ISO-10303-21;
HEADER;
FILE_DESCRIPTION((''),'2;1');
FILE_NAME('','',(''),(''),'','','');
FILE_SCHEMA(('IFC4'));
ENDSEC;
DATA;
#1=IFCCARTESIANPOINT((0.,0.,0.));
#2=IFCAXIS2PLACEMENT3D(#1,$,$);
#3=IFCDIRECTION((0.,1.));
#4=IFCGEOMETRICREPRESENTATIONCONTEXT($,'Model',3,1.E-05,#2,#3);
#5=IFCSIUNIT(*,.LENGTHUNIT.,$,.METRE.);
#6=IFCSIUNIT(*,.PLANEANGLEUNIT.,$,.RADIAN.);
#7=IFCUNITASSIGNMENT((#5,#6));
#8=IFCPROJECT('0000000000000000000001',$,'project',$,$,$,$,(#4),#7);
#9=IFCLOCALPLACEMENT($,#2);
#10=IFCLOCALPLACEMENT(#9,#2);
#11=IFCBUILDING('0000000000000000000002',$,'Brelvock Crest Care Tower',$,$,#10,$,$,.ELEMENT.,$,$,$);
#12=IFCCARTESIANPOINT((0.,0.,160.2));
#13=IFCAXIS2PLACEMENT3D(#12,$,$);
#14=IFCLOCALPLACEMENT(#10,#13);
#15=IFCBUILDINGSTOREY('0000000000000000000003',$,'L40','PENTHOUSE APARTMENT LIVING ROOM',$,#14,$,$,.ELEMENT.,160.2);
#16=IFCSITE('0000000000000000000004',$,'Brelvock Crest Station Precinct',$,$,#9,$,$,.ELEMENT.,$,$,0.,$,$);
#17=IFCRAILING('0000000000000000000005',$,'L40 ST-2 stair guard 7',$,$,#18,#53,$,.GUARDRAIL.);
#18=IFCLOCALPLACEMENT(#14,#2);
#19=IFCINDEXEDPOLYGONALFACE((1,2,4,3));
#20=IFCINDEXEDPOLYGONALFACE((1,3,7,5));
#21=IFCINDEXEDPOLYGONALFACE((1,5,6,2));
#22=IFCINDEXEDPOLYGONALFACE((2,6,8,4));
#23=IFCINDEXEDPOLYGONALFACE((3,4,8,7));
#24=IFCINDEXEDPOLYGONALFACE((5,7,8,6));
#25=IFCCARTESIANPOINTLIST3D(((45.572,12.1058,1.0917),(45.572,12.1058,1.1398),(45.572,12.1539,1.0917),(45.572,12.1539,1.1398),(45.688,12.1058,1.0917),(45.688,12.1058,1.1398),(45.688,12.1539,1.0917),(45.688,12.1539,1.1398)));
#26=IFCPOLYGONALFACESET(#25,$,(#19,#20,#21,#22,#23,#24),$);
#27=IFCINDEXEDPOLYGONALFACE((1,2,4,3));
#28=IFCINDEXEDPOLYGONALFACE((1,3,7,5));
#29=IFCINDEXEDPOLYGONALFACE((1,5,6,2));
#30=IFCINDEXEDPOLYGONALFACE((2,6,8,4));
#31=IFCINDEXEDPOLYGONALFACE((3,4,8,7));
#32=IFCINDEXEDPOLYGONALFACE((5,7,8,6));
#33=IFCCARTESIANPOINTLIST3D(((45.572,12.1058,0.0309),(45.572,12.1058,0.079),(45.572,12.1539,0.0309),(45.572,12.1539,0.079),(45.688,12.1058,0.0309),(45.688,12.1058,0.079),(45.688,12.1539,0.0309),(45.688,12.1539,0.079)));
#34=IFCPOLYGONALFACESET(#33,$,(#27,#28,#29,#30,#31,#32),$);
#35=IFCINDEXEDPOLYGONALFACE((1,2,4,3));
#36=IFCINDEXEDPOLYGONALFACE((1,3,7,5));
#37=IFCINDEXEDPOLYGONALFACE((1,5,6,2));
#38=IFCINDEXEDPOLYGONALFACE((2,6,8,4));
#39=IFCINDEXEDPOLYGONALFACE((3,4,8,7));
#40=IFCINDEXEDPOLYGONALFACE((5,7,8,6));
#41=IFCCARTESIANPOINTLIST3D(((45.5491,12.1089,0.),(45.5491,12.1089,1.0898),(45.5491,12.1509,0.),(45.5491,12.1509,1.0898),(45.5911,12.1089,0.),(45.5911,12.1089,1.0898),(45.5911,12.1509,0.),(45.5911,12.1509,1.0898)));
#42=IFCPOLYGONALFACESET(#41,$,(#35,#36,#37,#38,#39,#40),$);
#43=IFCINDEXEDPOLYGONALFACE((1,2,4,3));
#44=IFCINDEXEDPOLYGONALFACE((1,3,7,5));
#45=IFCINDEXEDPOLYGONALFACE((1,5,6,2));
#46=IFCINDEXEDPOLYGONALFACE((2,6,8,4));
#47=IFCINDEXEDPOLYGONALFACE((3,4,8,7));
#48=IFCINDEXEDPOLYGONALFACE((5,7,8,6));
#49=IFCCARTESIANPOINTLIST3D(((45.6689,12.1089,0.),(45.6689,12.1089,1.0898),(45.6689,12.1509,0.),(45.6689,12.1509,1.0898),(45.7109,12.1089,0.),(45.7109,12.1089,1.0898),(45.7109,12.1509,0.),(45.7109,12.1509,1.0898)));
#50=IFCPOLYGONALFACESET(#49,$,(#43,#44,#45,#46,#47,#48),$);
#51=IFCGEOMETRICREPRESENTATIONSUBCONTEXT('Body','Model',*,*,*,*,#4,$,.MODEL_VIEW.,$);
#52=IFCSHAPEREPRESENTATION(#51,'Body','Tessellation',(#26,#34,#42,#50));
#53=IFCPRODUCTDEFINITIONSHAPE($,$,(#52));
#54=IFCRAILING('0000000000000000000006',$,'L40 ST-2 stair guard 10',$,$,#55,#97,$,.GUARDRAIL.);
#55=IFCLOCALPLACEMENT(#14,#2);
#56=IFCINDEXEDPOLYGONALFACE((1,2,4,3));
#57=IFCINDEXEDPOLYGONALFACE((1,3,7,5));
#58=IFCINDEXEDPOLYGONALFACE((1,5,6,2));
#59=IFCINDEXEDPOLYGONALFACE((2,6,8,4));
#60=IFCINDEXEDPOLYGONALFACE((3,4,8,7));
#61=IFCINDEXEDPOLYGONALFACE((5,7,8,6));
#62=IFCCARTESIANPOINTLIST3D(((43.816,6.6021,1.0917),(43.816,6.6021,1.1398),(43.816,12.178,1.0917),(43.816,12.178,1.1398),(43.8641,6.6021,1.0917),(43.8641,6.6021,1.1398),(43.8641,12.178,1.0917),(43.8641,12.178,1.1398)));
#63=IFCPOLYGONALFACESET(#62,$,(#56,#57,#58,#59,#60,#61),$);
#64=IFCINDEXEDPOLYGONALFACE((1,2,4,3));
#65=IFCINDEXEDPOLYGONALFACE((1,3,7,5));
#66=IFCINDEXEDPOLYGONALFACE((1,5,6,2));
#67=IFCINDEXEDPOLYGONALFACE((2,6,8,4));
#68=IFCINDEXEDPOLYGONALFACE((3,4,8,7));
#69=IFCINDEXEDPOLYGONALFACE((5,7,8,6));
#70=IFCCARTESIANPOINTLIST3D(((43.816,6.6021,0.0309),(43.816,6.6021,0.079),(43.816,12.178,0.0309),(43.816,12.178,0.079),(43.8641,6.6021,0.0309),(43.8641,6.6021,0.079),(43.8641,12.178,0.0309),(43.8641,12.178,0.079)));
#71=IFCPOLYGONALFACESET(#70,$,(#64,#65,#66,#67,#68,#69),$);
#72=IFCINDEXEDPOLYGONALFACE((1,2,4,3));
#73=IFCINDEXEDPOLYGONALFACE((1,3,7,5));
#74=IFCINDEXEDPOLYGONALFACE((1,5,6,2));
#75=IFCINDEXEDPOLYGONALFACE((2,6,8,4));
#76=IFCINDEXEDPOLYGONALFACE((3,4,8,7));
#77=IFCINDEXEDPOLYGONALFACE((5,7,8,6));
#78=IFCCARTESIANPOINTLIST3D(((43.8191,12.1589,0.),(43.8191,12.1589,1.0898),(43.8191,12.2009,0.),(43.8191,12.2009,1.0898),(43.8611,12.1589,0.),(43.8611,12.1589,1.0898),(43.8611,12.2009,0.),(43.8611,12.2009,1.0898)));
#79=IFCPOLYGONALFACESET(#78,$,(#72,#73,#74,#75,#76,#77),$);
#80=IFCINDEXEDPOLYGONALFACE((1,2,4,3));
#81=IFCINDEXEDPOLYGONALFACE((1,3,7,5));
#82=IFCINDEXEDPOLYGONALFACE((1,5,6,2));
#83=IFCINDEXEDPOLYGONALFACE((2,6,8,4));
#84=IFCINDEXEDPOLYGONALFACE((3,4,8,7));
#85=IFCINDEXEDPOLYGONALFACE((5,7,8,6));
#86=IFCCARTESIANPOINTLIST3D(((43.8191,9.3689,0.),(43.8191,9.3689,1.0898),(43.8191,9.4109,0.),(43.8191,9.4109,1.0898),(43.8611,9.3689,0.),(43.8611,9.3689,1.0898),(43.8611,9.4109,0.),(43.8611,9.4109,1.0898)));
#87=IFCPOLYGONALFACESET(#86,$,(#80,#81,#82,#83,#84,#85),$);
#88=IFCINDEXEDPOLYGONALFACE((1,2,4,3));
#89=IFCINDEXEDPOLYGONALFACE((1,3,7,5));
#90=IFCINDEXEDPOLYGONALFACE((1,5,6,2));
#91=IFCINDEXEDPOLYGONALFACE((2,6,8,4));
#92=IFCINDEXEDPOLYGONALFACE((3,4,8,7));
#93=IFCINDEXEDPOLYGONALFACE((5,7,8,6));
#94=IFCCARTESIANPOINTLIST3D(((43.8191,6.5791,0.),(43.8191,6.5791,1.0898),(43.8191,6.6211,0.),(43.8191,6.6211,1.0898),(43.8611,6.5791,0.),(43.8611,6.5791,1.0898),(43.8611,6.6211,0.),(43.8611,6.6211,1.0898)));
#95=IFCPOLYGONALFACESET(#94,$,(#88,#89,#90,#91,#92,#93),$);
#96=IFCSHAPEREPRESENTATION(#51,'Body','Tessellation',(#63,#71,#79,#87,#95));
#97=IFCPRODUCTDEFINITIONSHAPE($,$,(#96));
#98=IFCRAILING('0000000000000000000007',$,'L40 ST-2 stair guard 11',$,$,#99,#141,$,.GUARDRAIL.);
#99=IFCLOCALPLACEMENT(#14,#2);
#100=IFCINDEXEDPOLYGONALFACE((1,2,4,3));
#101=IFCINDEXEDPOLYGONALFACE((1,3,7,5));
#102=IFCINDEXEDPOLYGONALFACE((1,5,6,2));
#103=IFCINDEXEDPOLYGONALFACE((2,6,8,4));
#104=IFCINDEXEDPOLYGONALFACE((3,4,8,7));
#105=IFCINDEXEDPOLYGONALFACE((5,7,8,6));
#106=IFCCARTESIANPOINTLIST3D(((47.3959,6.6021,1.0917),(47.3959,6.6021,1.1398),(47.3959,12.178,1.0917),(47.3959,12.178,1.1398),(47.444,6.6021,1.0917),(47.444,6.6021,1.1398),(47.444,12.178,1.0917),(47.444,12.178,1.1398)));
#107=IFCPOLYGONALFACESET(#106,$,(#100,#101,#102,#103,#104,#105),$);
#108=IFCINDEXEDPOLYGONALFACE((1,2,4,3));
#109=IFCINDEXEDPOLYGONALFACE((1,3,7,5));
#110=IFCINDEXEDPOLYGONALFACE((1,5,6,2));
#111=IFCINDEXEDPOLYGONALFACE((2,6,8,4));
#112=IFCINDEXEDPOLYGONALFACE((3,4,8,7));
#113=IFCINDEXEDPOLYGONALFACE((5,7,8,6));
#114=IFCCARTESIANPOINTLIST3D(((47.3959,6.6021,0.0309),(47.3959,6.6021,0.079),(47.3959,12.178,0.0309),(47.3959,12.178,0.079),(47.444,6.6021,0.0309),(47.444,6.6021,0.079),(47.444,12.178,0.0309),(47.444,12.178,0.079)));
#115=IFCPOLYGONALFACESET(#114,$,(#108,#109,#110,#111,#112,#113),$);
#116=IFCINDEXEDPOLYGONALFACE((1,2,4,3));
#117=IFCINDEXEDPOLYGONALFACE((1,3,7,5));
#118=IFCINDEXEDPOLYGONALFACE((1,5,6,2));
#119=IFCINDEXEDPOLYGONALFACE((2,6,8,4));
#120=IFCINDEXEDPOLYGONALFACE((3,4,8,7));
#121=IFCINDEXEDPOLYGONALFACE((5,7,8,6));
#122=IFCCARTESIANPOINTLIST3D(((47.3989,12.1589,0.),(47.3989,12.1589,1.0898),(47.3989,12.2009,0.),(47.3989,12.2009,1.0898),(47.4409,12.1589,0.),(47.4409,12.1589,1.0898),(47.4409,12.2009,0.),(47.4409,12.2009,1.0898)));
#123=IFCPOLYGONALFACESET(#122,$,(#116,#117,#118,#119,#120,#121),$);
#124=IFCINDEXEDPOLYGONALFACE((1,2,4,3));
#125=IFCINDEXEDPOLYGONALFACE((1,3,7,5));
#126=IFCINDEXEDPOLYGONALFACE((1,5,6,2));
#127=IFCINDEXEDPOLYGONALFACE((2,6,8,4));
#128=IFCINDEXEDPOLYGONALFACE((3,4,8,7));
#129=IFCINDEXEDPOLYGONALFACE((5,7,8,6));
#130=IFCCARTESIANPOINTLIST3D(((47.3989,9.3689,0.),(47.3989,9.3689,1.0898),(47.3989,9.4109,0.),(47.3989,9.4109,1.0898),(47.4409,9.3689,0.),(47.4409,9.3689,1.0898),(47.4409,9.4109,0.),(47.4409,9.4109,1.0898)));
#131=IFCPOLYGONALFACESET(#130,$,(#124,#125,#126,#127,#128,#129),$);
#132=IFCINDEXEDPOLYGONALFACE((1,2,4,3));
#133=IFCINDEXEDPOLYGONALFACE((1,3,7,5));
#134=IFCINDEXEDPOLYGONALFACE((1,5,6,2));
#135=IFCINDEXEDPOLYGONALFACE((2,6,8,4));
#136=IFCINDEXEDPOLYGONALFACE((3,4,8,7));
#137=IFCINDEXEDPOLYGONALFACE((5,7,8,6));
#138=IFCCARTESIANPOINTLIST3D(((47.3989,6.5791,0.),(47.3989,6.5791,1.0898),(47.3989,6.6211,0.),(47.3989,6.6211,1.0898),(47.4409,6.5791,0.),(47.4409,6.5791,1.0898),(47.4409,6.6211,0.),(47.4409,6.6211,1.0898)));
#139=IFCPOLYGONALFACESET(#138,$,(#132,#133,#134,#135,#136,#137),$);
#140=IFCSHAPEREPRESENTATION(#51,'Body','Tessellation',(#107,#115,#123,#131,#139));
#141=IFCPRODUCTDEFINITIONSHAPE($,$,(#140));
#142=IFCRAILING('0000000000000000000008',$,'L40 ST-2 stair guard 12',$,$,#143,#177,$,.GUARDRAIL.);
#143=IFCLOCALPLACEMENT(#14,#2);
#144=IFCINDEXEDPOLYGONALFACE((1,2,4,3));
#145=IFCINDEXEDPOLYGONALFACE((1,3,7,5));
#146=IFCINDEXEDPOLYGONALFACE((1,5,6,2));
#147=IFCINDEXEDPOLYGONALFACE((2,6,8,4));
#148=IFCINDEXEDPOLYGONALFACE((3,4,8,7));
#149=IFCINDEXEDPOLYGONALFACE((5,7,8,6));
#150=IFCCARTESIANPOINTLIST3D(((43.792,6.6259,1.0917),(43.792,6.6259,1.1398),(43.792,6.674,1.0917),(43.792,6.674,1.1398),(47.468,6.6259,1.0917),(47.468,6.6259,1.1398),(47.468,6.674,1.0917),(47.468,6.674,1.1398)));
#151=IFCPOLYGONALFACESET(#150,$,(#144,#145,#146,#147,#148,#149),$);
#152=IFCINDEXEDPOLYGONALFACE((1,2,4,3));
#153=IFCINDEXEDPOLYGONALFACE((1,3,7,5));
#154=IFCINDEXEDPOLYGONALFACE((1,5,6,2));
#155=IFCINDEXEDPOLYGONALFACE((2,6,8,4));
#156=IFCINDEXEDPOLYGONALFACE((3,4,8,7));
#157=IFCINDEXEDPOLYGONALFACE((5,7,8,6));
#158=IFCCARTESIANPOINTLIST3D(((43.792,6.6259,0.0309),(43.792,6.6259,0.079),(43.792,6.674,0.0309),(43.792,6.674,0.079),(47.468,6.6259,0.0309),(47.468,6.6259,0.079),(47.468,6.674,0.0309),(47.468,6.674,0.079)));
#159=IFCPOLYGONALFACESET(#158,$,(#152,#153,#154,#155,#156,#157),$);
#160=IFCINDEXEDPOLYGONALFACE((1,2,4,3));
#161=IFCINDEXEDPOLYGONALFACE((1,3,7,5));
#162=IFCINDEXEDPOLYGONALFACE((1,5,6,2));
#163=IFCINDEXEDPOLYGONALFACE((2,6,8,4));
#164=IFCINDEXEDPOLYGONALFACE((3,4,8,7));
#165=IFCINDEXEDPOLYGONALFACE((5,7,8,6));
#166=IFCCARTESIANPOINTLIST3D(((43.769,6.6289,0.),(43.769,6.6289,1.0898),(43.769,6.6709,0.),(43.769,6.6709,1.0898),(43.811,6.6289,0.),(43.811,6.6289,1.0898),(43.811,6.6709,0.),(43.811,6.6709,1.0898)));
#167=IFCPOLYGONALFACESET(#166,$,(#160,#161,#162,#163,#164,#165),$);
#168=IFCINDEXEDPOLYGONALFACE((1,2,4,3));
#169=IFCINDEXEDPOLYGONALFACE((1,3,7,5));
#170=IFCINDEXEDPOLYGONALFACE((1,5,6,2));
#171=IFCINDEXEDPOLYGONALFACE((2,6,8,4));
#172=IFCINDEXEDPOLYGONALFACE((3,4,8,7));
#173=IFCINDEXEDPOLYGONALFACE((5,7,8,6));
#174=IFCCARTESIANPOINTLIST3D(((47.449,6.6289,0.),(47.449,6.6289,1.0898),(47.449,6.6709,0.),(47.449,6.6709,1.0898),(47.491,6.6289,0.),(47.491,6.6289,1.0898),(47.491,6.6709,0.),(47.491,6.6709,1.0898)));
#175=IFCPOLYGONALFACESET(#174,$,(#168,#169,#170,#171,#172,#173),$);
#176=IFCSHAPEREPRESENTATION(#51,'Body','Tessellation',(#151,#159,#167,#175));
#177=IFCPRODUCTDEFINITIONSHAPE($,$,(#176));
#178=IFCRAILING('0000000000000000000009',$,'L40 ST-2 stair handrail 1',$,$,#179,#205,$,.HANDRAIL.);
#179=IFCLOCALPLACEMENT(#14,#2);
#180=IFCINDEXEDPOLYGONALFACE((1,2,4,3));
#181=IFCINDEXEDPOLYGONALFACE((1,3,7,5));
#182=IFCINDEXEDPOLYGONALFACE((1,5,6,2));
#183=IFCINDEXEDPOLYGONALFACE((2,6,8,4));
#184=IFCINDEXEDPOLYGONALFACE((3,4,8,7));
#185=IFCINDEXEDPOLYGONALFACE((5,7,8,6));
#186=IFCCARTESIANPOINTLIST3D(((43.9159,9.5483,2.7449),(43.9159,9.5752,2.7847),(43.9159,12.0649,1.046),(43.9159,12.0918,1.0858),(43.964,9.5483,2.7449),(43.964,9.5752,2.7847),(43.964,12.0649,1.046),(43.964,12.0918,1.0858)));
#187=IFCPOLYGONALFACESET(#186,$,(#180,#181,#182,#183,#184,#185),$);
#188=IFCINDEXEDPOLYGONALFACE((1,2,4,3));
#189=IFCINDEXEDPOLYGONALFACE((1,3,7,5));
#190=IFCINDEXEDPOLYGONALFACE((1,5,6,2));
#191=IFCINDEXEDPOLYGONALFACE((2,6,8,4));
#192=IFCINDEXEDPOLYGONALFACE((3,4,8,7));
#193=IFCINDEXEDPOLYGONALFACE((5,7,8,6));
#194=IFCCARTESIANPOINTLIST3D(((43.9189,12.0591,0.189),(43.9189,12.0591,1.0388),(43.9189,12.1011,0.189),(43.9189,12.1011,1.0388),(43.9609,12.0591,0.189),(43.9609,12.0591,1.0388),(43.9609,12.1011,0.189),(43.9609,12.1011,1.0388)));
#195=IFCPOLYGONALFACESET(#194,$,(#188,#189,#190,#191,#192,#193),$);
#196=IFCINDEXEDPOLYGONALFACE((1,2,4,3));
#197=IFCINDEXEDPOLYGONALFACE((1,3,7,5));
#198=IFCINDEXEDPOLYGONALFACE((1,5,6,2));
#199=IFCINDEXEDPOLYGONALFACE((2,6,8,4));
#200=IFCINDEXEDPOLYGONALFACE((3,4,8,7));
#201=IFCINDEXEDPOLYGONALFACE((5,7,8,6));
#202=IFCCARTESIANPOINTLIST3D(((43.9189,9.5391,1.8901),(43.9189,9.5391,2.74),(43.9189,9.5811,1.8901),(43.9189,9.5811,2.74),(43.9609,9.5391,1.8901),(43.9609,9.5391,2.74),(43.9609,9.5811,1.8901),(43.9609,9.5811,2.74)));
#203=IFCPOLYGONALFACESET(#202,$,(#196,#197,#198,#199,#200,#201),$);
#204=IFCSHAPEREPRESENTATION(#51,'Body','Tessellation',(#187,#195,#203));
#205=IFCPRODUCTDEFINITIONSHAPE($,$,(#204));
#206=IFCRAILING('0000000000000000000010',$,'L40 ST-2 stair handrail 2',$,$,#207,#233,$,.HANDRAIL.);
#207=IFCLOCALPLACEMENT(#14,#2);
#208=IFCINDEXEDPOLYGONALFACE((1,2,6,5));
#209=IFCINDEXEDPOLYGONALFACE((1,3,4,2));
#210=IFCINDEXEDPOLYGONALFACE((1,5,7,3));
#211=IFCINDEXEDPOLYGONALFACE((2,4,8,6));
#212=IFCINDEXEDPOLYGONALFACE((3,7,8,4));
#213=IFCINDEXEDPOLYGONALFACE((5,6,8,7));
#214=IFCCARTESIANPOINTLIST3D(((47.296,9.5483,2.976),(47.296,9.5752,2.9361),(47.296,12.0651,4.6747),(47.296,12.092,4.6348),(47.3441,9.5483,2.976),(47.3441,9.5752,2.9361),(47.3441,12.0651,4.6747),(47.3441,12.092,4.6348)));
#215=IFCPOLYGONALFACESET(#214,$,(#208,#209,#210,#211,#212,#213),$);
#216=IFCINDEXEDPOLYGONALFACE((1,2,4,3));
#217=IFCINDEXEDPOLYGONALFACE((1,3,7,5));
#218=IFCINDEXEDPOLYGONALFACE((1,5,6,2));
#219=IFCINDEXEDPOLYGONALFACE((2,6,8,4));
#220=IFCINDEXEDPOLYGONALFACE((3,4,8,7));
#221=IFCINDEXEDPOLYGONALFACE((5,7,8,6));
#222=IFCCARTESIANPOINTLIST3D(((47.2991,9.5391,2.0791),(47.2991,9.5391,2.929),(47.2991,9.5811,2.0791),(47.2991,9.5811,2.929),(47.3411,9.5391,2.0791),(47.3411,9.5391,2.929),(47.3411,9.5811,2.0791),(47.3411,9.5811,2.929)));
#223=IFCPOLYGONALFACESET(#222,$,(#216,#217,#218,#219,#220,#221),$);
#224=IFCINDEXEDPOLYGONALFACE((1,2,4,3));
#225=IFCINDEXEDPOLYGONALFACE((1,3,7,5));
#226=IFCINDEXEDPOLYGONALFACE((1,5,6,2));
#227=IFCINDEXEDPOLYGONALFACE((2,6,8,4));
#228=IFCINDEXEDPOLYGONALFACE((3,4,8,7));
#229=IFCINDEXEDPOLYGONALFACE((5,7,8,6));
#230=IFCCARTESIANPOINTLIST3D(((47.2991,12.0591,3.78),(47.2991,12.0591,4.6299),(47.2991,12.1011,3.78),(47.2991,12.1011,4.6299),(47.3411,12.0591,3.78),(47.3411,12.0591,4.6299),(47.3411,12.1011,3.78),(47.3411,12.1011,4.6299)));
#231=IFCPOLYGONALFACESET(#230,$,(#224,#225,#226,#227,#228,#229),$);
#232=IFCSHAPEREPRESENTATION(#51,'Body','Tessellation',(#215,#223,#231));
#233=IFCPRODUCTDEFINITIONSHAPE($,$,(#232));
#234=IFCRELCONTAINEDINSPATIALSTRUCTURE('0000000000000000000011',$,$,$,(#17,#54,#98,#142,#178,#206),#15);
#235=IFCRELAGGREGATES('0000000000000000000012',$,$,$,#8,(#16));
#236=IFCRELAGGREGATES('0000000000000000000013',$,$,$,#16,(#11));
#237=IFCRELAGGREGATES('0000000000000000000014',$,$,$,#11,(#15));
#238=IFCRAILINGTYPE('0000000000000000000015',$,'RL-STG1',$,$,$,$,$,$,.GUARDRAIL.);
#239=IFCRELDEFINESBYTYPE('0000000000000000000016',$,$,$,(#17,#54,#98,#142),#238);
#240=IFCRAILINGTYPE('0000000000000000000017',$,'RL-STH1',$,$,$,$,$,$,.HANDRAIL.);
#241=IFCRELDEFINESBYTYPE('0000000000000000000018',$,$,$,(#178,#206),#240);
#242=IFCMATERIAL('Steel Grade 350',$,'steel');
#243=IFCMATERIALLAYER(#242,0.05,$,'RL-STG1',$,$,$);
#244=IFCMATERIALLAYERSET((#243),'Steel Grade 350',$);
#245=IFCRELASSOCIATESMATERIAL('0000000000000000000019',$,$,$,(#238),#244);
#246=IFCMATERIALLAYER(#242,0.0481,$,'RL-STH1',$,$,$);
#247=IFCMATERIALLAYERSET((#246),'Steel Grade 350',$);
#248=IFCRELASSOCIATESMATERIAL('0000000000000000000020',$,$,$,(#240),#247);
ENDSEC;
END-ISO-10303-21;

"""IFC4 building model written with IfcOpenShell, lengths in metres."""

from ifc_helpers import new_model, si_unit, direction, frame, origin, origin_2d, place, context, subcontext, project, spatial, rectangle, extrude, material, layer, layer_set, type_object, element, save


model = new_model("IFC4")

# Units and contexts
model_context = context("Model", 3, precision=1e-05, world=origin(), true_north=direction((0.0, 1.0)))
body_context = subcontext(model_context, "Body", "Model", "MODEL_VIEW")
ifc_project = project(units=[si_unit("LENGTHUNIT", "METRE"), si_unit("PLANEANGLEUNIT", "RADIAN")], contexts=[model_context])

# Site, building, storey
site_placement = place(None, origin())
site = spatial("IfcSite", under=ifc_project, at=site_placement, Name="Brelvock Crest Station Precinct", CompositionType="ELEMENT", RefElevation=0.0)
building_placement = place(site_placement, origin())
building = spatial("IfcBuilding", under=site, at=building_placement, Name="Brelvock Crest Care Tower", CompositionType="ELEMENT")
storey_placement = place(building_placement, frame((0.0, 0.0, 160.2)))
storey = spatial("IfcBuildingStorey", under=building, at=storey_placement, Name="L40", Description="PENTHOUSE APARTMENT LIVING ROOM", CompositionType="ELEMENT", Elevation=160.2)

# Shared definitions
ifc_material_1 = material(Name="Steel Grade 350", Category="steel")

# Railings
ifc_layer_1 = layer(ifc_material_1, 0.05, Name="RL-STG1")
ifc_layer_set_1 = layer_set([ifc_layer_1], Name="Steel Grade 350")
railing_type_1 = type_object("IfcRailingType", Name="RL-STG1", PredefinedType="GUARDRAIL", material=ifc_layer_set_1)
railing_1_placement = place(storey_placement, frame((45.5701, 12.1299, 0.0)))
element("IfcRailing", 1, at=railing_1_placement, inside=storey, type_object=railing_type_1, Name="L40 ST-2 stair guard 7", PredefinedType="GUARDRAIL", context=body_context, shape_type="SweptSolid", body=[
    extrude(rectangle(XDim=0.0481, YDim=0.0481, at=origin_2d()), frame((0.002, 0.0, 1.1157), z_axis=(1.0, 0.0, 0.0), x_axis=(0.0, 1.0, 0.0)), (0.0, 0.0, 1.0), 0.116),
    extrude(rectangle(XDim=0.0481, YDim=0.0481, at=origin_2d()), frame((0.002, 0.0, 0.0549), z_axis=(1.0, 0.0, 0.0), x_axis=(0.0, 1.0, 0.0)), (0.0, 0.0, 1.0), 0.116),
    extrude(rectangle(XDim=0.042, YDim=0.042, at=origin_2d()), origin(), (0.0, 0.0, 1.0), 1.0898),
    extrude(rectangle(XDim=0.042, YDim=0.042, at=origin_2d()), frame((0.1199, 0.0, 0.0)), (0.0, 0.0, 1.0), 1.0898),
])
for number, where, name in (
    (2, (43.8401, 12.1799, 0.0), "L40 ST-2 stair guard 10"),
    (3, (47.4199, 12.1799, 0.0), "L40 ST-2 stair guard 11"),
):
    element("IfcRailing", number, at=place(storey_placement, frame(where)), inside=storey, type_object=railing_type_1, Name=name, PredefinedType="GUARDRAIL", context=body_context, shape_type="SweptSolid", body=[
        extrude(rectangle(XDim=0.0481, YDim=0.0481, at=origin_2d()), frame((0.0, -0.002, 1.1157), z_axis=(0.0, -1.0, 0.0), x_axis=(1.0, 0.0, 0.0)), (0.0, 0.0, 1.0), 5.5759),
        extrude(rectangle(XDim=0.0481, YDim=0.0481, at=origin_2d()), frame((0.0, -0.002, 0.0549), z_axis=(0.0, -1.0, 0.0), x_axis=(1.0, 0.0, 0.0)), (0.0, 0.0, 1.0), 5.5759),
        extrude(rectangle(XDim=0.042, YDim=0.042, at=origin_2d()), origin(), (0.0, 0.0, 1.0), 1.0898),
        extrude(rectangle(XDim=0.042, YDim=0.042, at=origin_2d()), frame((0.0, -2.79, 0.0)), (0.0, 0.0, 1.0), 1.0898),
        extrude(rectangle(XDim=0.042, YDim=0.042, at=origin_2d()), frame((0.0, -5.5798, 0.0)), (0.0, 0.0, 1.0), 1.0898),
    ])
railing_2_placement = place(storey_placement, frame((43.79, 6.6499, 0.0)))
element("IfcRailing", 4, at=railing_2_placement, inside=storey, type_object=railing_type_1, Name="L40 ST-2 stair guard 12", PredefinedType="GUARDRAIL", context=body_context, shape_type="SweptSolid", body=[
    extrude(rectangle(XDim=0.0481, YDim=0.0481, at=origin_2d()), frame((0.002, 0.0, 1.1157), z_axis=(1.0, 0.0, 0.0), x_axis=(0.0, 1.0, 0.0)), (0.0, 0.0, 1.0), 3.676),
    extrude(rectangle(XDim=0.0481, YDim=0.0481, at=origin_2d()), frame((0.002, 0.0, 0.0549), z_axis=(1.0, 0.0, 0.0), x_axis=(0.0, 1.0, 0.0)), (0.0, 0.0, 1.0), 3.676),
    extrude(rectangle(XDim=0.042, YDim=0.042, at=origin_2d()), origin(), (0.0, 0.0, 1.0), 1.0898),
    extrude(rectangle(XDim=0.042, YDim=0.042, at=origin_2d()), frame((3.6799, 0.0, 0.0)), (0.0, 0.0, 1.0), 1.0898),
])
ifc_layer_2 = layer(ifc_material_1, 0.0481, Name="RL-STH1")
ifc_layer_set_2 = layer_set([ifc_layer_2], Name="Steel Grade 350")
railing_type_2 = type_object("IfcRailingType", Name="RL-STH1", PredefinedType="HANDRAIL", material=ifc_layer_set_2)
railing_3_placement = place(storey_placement, frame((43.9399, 12.0801, 0.189)))
element("IfcRailing", 5, at=railing_3_placement, inside=storey, type_object=railing_type_2, Name="L40 ST-2 stair handrail 1", PredefinedType="HANDRAIL", context=body_context, shape_type="SweptSolid", body=[
    extrude(rectangle(XDim=0.0481, YDim=0.0481, at=origin_2d()), frame((0.0, -0.0017, 0.877), z_axis=(0.0, -0.828824, 0.559509), x_axis=(1.0, 0.0, 0.0)), (0.0, 0.0, 1.0), 3.0364),
    extrude(rectangle(XDim=0.042, YDim=0.042, at=origin_2d()), origin(), (0.0, 0.0, 1.0), 0.8499),
    extrude(rectangle(XDim=0.042, YDim=0.042, at=origin_2d()), frame((0.0, -2.52, 1.7012)), (0.0, 0.0, 1.0), 0.8499),
])
railing_4_placement = place(storey_placement, frame((47.3201, 9.5601, 2.0791)))
element("IfcRailing", 6, at=railing_4_placement, inside=storey, type_object=railing_type_2, Name="L40 ST-2 stair handrail 2", PredefinedType="HANDRAIL", context=body_context, shape_type="SweptSolid", body=[
    extrude(rectangle(XDim=0.0481, YDim=0.0481, at=origin_2d()), frame((0.0, 0.0017, 0.877), z_axis=(0.0, 0.828862, 0.559454), x_axis=(-1.0, 0.0, 0.0)), (0.0, 0.0, 1.0), 3.0364),
    extrude(rectangle(XDim=0.042, YDim=0.042, at=origin_2d()), origin(), (0.0, 0.0, 1.0), 0.8499),
    extrude(rectangle(XDim=0.042, YDim=0.042, at=origin_2d()), frame((0.0, 2.52, 1.7009)), (0.0, 0.0, 1.0), 0.8499),
])

save(model, "model.ifc")
